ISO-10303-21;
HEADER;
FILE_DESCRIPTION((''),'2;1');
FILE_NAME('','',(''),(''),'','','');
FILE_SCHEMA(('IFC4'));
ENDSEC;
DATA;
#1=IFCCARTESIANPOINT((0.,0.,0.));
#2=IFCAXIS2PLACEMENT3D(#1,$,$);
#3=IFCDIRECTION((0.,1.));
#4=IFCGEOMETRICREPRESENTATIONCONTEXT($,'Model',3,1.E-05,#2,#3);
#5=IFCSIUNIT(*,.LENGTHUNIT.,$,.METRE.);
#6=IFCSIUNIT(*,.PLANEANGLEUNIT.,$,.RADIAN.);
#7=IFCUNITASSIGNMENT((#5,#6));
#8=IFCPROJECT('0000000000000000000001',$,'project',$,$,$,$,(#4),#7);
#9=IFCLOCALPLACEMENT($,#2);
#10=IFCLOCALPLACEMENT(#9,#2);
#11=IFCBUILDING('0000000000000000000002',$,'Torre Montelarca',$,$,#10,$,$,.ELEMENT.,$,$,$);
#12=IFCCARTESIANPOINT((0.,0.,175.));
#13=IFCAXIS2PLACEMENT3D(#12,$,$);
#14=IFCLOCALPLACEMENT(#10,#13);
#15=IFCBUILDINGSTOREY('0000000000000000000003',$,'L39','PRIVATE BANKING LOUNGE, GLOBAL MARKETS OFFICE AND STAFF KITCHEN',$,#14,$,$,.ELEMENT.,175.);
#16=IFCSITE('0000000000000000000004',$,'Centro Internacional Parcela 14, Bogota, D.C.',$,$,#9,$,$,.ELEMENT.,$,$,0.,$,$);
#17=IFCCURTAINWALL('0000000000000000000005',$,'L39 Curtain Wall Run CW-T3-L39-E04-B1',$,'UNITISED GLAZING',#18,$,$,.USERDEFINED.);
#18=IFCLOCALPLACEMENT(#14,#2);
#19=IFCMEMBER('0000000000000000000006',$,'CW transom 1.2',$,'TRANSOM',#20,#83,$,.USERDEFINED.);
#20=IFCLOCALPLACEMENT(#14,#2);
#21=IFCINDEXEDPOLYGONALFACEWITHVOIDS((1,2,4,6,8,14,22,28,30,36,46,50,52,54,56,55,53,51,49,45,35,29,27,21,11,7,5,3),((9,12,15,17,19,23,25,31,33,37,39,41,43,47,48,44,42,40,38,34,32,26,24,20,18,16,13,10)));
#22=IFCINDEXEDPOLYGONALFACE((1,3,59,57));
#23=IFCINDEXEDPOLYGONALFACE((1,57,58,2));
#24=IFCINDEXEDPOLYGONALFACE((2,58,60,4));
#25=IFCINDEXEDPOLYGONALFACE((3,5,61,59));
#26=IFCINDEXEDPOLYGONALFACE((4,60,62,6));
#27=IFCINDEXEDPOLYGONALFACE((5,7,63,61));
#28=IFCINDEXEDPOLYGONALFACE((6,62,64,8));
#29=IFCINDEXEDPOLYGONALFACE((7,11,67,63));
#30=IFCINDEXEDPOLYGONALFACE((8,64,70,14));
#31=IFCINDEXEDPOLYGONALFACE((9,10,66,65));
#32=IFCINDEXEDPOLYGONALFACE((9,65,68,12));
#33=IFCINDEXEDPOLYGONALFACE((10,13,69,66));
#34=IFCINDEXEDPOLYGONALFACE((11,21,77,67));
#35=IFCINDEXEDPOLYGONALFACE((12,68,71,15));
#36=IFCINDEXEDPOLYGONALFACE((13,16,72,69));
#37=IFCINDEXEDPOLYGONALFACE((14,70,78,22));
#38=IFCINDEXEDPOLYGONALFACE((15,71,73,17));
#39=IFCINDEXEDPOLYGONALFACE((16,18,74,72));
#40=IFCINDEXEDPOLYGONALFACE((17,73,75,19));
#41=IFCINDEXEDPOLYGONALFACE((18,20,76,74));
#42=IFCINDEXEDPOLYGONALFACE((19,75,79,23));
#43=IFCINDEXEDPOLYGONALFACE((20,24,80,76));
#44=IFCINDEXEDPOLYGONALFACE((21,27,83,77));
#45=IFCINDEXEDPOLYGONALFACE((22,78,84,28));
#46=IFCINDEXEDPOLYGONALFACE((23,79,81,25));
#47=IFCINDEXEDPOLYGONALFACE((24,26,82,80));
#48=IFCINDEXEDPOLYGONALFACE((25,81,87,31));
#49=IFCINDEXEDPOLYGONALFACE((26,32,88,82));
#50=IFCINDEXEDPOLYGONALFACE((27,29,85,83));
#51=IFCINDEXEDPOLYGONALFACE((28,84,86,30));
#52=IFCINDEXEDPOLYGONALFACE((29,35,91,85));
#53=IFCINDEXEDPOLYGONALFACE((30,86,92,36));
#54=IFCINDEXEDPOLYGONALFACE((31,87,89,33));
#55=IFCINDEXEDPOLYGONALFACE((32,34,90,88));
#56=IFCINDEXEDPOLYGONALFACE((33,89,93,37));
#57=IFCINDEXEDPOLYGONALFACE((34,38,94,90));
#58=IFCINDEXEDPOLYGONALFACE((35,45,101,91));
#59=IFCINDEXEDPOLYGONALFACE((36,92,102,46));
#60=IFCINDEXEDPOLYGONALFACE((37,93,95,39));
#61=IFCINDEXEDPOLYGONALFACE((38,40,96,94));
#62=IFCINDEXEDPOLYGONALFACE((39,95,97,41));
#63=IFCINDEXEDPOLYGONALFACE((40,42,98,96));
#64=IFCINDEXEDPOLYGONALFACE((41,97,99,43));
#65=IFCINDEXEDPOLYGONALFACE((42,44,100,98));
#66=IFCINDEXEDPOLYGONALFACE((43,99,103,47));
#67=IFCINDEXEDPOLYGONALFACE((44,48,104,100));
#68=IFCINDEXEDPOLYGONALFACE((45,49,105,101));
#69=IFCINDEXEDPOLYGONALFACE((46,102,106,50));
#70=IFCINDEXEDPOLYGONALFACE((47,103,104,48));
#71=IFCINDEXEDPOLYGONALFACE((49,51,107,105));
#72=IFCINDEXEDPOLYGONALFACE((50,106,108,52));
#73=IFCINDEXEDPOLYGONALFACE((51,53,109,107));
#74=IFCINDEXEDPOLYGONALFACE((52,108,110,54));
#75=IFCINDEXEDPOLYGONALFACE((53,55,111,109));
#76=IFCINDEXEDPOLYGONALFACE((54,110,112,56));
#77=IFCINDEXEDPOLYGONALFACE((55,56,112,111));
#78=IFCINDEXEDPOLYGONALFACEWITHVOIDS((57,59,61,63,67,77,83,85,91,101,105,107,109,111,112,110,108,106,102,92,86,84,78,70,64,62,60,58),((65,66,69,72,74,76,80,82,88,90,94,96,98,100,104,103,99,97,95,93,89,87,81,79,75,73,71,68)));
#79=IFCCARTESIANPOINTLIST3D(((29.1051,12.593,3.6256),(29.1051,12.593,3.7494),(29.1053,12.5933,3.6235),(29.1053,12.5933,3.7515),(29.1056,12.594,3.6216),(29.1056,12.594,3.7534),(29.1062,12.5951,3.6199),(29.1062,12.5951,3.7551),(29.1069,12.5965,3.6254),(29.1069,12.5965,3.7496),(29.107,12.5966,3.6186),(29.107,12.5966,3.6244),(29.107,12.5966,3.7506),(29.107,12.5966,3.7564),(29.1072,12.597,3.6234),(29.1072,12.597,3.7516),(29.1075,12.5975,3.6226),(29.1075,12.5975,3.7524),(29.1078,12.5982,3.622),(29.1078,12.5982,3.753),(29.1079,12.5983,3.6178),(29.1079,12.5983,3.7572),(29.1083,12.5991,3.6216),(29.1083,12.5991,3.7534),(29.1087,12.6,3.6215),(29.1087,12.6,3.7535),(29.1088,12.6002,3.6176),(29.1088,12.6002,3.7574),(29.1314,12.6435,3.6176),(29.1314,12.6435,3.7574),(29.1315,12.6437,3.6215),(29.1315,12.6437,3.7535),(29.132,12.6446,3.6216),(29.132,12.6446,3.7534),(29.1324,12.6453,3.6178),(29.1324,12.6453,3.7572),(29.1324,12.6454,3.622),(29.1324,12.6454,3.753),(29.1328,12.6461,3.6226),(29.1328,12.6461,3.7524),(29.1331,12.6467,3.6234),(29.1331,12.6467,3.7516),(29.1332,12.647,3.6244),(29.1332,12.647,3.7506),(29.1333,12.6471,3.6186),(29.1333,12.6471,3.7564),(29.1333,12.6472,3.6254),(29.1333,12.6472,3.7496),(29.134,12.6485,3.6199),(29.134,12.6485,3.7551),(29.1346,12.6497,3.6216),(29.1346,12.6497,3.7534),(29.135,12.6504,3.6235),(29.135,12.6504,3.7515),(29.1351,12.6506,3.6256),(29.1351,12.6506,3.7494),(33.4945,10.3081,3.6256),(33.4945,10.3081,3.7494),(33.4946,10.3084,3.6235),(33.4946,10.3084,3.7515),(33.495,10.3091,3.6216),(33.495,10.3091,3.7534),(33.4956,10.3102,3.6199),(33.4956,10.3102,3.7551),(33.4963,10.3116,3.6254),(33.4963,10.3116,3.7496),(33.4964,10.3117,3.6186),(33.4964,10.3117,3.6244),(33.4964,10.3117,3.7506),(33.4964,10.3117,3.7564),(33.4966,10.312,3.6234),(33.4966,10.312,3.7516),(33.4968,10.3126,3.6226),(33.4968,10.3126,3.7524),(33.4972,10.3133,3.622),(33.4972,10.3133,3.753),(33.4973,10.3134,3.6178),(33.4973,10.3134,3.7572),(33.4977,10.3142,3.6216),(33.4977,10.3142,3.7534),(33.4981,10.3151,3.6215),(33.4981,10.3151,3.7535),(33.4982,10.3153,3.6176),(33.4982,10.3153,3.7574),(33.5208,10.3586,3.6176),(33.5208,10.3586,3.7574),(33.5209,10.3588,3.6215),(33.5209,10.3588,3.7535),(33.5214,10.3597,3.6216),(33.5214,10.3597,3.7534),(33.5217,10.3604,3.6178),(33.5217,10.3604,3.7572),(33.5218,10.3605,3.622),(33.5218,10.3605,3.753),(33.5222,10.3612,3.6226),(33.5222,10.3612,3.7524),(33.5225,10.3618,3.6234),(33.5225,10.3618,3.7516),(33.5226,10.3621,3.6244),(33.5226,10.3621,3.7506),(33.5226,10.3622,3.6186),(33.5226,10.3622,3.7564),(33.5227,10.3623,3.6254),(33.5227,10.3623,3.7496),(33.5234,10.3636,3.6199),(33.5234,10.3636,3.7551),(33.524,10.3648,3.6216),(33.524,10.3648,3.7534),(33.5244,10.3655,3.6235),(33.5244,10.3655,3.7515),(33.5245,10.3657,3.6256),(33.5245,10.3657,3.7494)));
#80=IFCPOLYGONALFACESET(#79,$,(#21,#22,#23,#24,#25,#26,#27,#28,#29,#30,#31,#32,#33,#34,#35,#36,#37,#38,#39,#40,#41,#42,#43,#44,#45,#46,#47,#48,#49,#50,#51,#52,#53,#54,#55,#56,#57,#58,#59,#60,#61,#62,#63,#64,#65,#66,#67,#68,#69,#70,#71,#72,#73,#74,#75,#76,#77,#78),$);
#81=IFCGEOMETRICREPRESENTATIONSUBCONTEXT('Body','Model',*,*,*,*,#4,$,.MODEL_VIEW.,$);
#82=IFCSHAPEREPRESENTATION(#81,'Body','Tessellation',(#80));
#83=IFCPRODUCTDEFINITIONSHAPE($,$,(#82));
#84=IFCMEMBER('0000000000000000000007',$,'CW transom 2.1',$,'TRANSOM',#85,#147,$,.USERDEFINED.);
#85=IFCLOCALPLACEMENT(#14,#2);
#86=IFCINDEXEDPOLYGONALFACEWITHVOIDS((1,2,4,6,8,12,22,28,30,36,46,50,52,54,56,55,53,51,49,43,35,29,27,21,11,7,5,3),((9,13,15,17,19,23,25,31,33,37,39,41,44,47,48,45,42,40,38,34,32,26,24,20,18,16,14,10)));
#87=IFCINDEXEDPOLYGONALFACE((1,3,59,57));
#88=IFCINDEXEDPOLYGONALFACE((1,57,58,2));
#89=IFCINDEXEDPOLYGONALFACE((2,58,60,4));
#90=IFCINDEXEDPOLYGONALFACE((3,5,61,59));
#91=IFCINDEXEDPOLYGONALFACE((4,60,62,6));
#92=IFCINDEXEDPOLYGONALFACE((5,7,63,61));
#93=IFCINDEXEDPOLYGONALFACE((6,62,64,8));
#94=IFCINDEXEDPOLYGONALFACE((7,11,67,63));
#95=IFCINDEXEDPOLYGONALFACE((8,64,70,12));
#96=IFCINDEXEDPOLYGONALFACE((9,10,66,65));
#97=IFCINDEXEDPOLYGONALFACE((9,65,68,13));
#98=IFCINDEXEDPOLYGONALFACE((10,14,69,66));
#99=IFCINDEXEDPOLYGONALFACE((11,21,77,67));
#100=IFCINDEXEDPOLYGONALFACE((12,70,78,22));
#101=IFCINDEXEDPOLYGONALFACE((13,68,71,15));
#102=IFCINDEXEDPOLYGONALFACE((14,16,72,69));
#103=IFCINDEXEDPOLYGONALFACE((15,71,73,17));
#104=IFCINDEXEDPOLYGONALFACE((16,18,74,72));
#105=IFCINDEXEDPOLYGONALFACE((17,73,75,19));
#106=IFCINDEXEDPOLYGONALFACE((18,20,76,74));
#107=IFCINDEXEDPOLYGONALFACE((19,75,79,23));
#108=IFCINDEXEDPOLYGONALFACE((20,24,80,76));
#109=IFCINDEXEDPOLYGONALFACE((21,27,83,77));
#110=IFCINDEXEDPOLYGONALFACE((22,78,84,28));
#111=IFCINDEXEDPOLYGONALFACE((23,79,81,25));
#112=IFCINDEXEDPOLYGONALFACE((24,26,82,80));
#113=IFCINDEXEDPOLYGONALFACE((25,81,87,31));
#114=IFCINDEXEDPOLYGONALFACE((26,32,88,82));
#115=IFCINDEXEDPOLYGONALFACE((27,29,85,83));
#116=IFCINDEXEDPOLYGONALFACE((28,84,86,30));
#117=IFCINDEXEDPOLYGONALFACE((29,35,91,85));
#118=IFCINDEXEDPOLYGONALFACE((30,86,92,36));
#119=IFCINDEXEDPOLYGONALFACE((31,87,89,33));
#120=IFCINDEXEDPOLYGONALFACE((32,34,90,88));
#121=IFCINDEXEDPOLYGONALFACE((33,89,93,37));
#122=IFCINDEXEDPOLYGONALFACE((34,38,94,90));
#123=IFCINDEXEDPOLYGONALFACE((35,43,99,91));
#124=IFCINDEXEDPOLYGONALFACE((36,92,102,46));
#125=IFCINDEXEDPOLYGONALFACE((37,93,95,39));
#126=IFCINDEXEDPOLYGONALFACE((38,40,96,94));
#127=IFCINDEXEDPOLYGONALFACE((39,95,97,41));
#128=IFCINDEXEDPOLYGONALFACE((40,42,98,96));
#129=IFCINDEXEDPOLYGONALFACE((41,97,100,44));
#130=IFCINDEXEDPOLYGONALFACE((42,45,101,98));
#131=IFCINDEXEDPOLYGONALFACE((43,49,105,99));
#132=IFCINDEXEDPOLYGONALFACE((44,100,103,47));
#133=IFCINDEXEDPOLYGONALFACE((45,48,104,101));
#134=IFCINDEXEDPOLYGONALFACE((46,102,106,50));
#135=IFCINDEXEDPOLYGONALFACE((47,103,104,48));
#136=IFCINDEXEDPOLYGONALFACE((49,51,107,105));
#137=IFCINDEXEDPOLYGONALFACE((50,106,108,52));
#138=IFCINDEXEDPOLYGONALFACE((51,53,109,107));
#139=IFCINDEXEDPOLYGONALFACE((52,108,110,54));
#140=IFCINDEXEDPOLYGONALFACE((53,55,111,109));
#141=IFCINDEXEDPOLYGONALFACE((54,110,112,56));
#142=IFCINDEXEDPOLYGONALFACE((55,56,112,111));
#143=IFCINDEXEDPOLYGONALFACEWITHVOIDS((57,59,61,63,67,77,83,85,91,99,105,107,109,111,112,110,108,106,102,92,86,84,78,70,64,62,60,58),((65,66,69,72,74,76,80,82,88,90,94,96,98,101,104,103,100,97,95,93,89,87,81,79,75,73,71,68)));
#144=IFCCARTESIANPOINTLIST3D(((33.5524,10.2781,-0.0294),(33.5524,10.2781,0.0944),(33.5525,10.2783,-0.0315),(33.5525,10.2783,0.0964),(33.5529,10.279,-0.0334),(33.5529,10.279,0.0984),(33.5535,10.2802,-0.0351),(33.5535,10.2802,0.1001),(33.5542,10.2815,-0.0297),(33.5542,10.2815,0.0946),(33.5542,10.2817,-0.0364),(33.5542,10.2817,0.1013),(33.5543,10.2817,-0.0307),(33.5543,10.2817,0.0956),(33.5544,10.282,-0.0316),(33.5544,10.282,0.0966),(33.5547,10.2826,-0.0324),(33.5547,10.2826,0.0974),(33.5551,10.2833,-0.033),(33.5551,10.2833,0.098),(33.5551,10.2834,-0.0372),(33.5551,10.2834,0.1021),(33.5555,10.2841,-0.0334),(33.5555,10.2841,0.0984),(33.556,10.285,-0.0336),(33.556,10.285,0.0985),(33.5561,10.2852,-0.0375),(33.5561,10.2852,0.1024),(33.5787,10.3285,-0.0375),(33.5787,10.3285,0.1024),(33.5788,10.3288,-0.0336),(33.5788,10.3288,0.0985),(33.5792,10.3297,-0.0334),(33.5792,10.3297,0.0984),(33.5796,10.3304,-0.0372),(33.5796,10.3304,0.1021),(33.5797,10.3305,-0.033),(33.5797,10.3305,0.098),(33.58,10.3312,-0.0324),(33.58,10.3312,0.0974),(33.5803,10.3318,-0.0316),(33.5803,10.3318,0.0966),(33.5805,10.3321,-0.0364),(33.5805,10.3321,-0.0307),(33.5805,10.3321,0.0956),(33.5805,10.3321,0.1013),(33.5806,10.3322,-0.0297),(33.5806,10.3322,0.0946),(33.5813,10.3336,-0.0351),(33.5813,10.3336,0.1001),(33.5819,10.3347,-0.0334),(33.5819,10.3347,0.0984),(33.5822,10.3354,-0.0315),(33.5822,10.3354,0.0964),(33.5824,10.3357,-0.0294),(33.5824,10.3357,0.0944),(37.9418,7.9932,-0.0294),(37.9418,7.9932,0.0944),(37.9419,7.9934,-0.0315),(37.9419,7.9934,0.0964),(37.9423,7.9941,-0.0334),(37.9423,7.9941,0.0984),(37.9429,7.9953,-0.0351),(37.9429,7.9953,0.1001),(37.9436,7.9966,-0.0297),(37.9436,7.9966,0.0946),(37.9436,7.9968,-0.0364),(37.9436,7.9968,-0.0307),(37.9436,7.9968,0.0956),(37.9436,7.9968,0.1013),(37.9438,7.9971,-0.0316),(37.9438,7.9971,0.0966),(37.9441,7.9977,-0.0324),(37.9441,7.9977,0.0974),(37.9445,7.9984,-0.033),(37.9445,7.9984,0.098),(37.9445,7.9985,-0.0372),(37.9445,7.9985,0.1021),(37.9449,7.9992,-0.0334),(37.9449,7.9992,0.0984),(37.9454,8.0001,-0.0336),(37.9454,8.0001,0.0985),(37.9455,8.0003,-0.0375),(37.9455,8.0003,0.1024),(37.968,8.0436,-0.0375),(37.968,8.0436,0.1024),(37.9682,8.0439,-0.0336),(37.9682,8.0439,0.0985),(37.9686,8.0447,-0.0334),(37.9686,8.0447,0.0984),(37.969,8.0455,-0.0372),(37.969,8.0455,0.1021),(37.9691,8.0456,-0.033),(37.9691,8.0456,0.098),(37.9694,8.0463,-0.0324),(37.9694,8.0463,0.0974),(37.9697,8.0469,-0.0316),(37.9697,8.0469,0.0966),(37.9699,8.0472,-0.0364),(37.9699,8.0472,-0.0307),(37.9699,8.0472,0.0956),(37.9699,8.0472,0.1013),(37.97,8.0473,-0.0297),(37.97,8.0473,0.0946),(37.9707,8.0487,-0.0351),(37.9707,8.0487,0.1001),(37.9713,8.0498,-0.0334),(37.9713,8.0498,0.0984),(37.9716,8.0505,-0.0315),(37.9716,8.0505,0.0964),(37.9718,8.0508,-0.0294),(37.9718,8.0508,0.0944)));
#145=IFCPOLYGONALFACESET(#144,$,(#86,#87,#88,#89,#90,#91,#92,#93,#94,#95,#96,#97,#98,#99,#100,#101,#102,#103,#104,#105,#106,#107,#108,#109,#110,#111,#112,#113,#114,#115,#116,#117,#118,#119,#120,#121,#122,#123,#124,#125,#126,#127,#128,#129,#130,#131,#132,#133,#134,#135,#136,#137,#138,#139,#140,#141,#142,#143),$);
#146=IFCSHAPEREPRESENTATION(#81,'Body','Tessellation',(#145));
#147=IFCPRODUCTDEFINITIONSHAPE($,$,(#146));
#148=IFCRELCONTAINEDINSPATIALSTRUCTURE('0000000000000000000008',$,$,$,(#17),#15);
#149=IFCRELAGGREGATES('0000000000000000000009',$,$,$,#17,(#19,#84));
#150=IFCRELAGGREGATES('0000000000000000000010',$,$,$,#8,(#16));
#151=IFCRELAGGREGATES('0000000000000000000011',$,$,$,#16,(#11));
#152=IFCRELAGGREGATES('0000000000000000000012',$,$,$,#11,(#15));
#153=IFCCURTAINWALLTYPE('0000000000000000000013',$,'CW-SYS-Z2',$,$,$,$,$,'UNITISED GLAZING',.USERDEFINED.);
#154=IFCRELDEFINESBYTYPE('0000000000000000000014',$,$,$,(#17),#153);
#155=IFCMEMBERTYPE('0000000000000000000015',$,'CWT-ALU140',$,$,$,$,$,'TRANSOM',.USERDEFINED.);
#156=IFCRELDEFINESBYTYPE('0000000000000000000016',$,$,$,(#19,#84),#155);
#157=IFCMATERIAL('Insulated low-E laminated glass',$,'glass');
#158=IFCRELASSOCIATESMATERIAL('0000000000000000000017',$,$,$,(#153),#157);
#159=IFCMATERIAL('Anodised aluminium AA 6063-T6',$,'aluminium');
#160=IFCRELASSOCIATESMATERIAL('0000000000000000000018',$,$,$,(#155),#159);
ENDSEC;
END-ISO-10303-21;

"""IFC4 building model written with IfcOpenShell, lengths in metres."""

from ifc_helpers import new_model, si_unit, direction, frame, origin, origin_2d, place, context, subcontext, project, spatial, hollow_rectangle, extrude, source, transform, mapped, material, material_profile, profile_set, type_object, element, aggregate, save


model = new_model("IFC4")

# Units and contexts
model_context = context("Model", 3, precision=1e-05, world=origin(), true_north=direction((0.0, 1.0)))
body_context = subcontext(model_context, "Body", "Model", "MODEL_VIEW")
ifc_project = project(units=[si_unit("LENGTHUNIT", "METRE"), si_unit("PLANEANGLEUNIT", "RADIAN")], contexts=[model_context])

# Site, building, storey
site_placement = place(None, origin())
site = spatial("IfcSite", under=ifc_project, at=site_placement, Name="Centro Internacional Parcela 14, Bogota, D.C.", CompositionType="ELEMENT", RefElevation=0.0)
building_placement = place(site_placement, origin())
building = spatial("IfcBuilding", under=site, at=building_placement, Name="Torre Montelarca", CompositionType="ELEMENT")
storey_placement = place(building_placement, frame((0.0, 0.0, 175.0)))
storey = spatial("IfcBuildingStorey", under=building, at=storey_placement, Name="L39", Description="PRIVATE BANKING LOUNGE, GLOBAL MARKETS OFFICE AND STAFF KITCHEN", CompositionType="ELEMENT", Elevation=175.0)

# Shared definitions
ifc_material_1 = material(Name="Insulated low-E laminated glass", Category="glass")
curtain_wall_type = type_object("IfcCurtainWallType", Name="CW-SYS-Z2", ElementType="UNITISED GLAZING", PredefinedType="USERDEFINED", material=ifc_material_1)
ifc_material_2 = material(Name="Anodised aluminium AA 6063-T6", Category="aluminium")
ifc_material_profile_1 = material_profile(ifc_material_2, hollow_rectangle(XDim=0.0649, YDim=0.1399, WallThickness=0.0039, InnerFilletRadius=0.0039, OuterFilletRadius=0.0081, at=origin_2d()), Name="ALU65X140X4", Category="aluminium")
ifc_profile_set_1 = profile_set([ifc_material_profile_1], Name="Anodised aluminium AA 6063-T6")
member_type_1 = type_object("IfcMemberType", Name="CWT-ALU140", ElementType="TRANSOM", PredefinedType="USERDEFINED", material=ifc_profile_set_1)

# Curtain wall, members
curtain_wall_1_placement = place(storey_placement, origin())
curtain_wall_1 = element("IfcCurtainWall", 1, at=curtain_wall_1_placement, inside=storey, type_object=curtain_wall_type, Name="L39 Curtain Wall Run CW-T3-L39-E04-B1", ObjectType="UNITISED GLAZING", PredefinedType="USERDEFINED")
shared_shape_1 = source(origin(), body_context, "Body", "SweptSolid", [
    extrude(hollow_rectangle(XDim=0.0649, YDim=0.1399, WallThickness=0.0039, InnerFilletRadius=0.0039, OuterFilletRadius=0.0081, at=origin_2d()), origin(), (0.0, 0.0, 1.0), 4.9485),
])
member_1_placement = place(storey_placement, frame((29.1201, 12.6218, 3.6875), z_axis=(0.887016, -0.461738, 0.0), x_axis=(0.461738, 0.887016, 0.0)))
member_1 = element("IfcMember", 2, at=member_1_placement, type_object=member_type_1, Name="CW transom 1.2", ObjectType="TRANSOM", PredefinedType="USERDEFINED", context=body_context, shape_type="MappedRepresentation", body=[
    mapped(shared_shape_1, transform((0.0, 0.0, 0.0), scale=1.0)),
])
member_2_placement = place(storey_placement, frame((33.5674, 10.3069, 0.0325), z_axis=(0.887016, -0.461738, 0.0), x_axis=(0.461738, 0.887016, 0.0)))
member_2 = element("IfcMember", 3, at=member_2_placement, type_object=member_type_1, Name="CW transom 2.1", ObjectType="TRANSOM", PredefinedType="USERDEFINED", context=body_context, shape_type="MappedRepresentation", body=[
    mapped(shared_shape_1, transform((0.0, 0.0, 0.0), scale=1.0)),
])

aggregate(curtain_wall_1, [member_1, member_2])

save(model, "model.ifc")
